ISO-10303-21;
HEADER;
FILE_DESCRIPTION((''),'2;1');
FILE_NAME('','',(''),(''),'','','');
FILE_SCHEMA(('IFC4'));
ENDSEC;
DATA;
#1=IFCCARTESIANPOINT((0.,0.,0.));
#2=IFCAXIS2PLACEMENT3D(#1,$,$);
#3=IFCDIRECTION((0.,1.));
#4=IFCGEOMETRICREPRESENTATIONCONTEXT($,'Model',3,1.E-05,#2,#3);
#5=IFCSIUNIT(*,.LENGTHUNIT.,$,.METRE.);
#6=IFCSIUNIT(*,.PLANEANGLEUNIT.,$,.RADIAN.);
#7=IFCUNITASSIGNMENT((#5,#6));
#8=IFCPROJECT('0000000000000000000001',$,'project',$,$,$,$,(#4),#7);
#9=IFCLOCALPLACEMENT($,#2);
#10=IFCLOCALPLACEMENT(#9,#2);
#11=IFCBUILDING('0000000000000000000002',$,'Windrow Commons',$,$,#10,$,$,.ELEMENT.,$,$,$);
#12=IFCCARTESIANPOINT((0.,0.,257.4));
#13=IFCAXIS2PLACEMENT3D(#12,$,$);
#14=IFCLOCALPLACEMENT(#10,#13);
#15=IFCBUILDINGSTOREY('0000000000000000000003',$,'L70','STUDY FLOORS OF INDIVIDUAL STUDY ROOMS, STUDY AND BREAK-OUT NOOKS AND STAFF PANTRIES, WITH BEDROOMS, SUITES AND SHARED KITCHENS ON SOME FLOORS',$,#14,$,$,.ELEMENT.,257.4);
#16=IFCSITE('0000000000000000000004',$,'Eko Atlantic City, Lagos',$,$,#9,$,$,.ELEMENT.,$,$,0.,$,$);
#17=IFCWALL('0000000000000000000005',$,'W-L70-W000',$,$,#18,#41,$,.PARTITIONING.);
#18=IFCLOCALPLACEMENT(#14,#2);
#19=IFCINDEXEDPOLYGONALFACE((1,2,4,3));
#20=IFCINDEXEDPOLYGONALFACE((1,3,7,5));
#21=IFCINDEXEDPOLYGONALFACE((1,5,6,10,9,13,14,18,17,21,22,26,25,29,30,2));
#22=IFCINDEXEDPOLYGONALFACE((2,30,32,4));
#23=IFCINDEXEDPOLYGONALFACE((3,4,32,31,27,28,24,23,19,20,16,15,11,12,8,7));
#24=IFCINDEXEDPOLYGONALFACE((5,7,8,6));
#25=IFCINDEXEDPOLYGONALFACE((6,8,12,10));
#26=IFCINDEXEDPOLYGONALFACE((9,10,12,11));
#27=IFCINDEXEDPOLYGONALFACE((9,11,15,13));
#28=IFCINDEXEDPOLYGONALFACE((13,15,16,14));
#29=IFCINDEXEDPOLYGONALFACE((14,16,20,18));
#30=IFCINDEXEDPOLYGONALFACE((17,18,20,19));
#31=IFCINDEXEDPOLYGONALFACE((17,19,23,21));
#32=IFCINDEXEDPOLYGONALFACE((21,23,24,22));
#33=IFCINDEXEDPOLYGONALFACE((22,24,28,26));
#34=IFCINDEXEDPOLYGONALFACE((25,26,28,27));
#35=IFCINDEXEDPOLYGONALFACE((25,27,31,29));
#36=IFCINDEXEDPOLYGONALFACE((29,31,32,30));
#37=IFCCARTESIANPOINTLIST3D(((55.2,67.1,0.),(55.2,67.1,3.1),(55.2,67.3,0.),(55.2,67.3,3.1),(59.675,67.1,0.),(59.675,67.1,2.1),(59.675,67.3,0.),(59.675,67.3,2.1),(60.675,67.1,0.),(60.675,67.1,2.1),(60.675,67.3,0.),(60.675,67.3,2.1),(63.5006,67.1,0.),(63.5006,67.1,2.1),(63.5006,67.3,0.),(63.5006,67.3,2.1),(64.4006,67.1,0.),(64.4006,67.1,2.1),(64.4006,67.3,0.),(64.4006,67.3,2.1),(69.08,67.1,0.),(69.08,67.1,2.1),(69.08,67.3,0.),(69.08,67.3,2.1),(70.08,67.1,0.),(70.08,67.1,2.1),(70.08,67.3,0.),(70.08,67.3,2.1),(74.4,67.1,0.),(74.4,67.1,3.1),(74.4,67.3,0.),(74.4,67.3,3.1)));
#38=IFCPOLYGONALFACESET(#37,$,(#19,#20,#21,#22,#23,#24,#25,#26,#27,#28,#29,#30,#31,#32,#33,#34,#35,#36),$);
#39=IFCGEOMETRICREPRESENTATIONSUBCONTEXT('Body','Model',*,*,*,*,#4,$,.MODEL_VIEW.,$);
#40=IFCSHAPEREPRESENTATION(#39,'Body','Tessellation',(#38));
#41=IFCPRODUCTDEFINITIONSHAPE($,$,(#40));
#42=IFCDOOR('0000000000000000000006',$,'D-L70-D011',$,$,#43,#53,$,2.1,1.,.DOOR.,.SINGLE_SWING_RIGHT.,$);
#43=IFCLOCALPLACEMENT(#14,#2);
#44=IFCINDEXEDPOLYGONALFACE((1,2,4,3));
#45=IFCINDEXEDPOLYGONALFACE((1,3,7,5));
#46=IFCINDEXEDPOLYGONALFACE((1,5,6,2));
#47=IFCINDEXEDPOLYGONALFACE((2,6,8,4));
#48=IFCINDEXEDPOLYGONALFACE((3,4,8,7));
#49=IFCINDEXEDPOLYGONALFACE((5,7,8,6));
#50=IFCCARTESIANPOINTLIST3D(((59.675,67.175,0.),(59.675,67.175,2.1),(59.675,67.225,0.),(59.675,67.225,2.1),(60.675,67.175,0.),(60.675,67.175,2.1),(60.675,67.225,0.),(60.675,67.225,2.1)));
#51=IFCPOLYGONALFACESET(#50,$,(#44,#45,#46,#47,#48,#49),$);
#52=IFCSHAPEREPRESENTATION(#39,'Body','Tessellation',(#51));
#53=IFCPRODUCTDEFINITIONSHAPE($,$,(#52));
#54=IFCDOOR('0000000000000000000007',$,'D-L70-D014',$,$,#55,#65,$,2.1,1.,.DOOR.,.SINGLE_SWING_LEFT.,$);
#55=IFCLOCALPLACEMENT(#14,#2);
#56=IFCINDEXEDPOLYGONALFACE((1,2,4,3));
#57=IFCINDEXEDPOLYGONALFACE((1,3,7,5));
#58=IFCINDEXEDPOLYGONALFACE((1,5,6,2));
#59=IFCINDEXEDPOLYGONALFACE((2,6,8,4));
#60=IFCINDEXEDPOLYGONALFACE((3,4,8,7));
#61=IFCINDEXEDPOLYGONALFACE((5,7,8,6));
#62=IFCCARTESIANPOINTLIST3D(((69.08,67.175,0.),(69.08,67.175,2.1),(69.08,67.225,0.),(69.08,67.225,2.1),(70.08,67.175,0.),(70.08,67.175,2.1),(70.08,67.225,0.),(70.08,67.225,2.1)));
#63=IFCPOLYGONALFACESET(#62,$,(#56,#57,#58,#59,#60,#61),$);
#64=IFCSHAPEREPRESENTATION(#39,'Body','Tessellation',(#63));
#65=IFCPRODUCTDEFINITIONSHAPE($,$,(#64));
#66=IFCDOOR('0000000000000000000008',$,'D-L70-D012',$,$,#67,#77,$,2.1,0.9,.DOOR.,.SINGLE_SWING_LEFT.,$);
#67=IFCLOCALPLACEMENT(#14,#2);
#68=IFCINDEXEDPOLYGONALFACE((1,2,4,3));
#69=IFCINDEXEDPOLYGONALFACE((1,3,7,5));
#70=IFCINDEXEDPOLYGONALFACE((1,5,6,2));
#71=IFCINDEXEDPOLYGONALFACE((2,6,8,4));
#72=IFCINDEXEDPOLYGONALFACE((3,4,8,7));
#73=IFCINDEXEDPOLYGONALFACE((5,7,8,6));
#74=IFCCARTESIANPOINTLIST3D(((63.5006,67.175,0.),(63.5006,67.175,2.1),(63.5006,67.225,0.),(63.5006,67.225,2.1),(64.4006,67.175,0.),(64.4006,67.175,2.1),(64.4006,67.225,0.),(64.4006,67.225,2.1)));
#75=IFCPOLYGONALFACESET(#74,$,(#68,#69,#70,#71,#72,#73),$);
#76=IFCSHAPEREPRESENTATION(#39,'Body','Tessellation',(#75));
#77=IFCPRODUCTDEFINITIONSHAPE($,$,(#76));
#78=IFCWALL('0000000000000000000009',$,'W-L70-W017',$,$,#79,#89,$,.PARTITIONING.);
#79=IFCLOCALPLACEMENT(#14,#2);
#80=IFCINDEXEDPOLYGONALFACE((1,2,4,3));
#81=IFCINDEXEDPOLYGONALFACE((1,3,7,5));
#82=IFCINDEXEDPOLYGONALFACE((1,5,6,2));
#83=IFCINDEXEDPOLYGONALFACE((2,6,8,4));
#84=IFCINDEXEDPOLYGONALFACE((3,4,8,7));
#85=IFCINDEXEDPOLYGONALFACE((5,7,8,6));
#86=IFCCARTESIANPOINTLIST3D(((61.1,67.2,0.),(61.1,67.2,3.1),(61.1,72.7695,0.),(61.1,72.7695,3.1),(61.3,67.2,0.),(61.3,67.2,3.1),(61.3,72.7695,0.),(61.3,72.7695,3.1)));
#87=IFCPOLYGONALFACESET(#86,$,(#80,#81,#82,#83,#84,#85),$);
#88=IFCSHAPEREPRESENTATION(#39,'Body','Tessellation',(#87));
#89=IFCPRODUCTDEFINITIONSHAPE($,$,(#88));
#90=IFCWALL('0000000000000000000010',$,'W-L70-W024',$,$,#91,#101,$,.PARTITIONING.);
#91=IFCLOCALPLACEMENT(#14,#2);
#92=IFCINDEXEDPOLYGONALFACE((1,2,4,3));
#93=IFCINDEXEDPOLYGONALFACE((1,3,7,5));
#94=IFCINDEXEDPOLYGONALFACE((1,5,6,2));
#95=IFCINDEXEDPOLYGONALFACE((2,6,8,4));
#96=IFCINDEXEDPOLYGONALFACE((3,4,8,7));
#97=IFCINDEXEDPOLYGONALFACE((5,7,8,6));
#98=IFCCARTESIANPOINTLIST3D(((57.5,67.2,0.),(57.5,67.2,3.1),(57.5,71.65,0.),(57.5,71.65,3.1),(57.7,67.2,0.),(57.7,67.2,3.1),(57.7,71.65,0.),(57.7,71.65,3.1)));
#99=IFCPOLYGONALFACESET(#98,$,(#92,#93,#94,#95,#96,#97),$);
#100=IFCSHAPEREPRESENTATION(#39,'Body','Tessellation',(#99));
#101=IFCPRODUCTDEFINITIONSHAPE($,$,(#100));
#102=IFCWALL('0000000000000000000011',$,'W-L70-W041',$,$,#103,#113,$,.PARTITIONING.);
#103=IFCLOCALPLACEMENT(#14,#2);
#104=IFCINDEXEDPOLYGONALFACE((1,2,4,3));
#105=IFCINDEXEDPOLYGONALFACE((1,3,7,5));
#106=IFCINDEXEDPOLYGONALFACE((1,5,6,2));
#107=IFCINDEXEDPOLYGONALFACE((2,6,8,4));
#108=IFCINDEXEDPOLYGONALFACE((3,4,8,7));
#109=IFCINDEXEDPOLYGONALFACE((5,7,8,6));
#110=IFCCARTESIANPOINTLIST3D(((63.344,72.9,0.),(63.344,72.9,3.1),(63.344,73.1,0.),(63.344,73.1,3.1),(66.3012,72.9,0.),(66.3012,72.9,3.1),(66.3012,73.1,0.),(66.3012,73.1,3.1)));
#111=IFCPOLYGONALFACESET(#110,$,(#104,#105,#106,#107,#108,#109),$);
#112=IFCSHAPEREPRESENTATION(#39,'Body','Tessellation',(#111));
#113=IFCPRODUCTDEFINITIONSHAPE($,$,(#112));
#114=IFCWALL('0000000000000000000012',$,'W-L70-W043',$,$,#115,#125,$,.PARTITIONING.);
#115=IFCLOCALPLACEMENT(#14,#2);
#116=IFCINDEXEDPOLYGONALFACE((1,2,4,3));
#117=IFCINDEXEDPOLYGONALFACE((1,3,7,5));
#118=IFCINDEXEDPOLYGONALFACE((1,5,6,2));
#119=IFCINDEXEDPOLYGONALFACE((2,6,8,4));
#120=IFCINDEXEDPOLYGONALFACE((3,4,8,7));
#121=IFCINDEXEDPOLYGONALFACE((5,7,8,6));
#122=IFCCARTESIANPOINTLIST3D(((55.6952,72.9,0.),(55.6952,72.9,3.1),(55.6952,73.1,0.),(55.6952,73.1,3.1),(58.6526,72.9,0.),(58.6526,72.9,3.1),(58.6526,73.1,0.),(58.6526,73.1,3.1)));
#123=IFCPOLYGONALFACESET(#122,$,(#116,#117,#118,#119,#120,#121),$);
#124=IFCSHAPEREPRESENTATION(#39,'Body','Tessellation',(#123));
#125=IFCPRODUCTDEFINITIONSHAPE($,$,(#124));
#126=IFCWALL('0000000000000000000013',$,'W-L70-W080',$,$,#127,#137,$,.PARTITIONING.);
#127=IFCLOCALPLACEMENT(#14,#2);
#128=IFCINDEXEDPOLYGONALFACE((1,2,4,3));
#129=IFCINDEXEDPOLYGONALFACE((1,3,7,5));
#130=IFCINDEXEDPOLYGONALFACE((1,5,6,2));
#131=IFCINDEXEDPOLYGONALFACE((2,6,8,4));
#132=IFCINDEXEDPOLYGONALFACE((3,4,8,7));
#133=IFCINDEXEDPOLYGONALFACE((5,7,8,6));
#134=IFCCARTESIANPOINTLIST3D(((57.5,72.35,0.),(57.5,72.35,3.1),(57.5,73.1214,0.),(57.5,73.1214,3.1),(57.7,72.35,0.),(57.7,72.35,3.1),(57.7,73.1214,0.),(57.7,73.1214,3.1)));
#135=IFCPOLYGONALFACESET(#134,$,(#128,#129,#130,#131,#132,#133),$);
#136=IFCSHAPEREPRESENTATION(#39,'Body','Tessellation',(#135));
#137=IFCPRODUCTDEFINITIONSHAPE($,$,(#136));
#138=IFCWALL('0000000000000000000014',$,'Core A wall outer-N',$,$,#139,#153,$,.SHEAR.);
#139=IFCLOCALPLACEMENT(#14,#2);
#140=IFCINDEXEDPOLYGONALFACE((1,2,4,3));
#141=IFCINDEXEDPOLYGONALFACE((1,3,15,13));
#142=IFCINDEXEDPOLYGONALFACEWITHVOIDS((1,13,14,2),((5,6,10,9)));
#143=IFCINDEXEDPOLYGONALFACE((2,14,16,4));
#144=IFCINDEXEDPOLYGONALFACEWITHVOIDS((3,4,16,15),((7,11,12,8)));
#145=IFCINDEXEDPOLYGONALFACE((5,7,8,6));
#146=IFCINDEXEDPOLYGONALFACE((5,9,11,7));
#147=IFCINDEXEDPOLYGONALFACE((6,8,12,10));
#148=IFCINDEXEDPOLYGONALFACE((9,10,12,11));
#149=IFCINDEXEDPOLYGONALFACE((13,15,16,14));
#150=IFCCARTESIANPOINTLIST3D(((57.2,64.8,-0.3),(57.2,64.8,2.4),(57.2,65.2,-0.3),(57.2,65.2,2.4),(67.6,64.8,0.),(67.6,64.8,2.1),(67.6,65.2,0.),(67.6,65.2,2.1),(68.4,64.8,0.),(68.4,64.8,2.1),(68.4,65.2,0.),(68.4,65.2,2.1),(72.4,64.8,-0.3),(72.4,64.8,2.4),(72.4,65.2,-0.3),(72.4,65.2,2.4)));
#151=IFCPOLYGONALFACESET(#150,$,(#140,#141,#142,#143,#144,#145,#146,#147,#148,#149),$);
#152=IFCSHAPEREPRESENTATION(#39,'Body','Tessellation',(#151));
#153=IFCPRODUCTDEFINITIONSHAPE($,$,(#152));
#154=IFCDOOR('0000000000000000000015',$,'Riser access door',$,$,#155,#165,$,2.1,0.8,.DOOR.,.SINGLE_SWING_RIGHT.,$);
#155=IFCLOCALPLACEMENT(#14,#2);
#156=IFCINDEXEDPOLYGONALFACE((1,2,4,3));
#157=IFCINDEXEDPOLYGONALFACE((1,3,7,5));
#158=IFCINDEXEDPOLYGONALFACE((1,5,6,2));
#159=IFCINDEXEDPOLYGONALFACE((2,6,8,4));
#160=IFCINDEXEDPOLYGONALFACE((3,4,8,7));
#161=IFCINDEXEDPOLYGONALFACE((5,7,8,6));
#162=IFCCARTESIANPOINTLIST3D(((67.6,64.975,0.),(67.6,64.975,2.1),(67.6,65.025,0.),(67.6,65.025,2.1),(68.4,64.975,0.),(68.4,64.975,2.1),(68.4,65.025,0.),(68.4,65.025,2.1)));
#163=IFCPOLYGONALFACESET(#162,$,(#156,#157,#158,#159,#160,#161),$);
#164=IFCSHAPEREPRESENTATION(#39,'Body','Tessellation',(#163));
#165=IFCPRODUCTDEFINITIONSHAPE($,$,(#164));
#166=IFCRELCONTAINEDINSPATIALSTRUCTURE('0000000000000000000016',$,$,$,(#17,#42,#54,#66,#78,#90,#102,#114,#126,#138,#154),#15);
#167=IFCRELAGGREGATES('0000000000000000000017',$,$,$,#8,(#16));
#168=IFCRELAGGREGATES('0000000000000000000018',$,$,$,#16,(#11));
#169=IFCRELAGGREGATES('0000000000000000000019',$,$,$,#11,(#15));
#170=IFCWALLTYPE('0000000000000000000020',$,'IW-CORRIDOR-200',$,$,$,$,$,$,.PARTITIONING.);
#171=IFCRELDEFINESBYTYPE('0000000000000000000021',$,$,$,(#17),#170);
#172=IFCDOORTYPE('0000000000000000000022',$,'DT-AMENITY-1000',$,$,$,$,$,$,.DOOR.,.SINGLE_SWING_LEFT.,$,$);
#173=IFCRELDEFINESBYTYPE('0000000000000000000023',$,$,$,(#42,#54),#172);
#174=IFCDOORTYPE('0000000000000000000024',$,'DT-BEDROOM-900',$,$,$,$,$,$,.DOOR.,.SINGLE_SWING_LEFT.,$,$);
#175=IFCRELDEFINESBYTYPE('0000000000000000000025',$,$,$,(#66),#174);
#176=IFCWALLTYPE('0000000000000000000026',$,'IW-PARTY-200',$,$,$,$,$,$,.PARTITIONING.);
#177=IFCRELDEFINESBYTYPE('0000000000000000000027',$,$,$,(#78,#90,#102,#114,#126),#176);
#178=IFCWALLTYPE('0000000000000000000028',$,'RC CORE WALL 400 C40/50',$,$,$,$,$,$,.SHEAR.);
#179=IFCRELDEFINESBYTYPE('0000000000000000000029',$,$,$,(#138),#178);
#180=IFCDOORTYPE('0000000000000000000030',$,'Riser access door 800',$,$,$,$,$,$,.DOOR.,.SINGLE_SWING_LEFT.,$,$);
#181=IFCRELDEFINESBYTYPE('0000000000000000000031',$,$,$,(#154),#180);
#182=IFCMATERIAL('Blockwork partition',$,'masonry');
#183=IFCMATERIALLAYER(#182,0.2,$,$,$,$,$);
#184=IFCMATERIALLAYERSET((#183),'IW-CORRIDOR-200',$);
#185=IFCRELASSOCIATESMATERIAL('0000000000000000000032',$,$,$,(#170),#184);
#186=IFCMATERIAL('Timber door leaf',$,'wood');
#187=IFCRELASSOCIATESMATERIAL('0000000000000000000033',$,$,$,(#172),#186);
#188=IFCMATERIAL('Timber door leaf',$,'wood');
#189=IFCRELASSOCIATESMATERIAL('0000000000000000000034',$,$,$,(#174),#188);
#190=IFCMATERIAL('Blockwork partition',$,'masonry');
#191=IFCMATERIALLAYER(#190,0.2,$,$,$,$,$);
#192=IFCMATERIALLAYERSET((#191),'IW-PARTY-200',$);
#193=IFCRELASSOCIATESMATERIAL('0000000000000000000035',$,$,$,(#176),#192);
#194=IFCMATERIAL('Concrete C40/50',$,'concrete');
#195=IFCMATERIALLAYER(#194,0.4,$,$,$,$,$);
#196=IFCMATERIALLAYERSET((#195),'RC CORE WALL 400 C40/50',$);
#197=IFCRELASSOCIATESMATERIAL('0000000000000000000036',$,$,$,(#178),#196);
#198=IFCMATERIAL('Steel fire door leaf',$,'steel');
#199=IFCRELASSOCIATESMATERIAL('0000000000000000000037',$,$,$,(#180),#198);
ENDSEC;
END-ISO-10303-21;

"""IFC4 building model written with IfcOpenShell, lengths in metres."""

from ifc_helpers import new_model, si_unit, direction, frame, frame_2d, origin, place, context, subcontext, project, spatial, rectangle, extrude, material, layer, layer_set, type_object, element, fill, save


model = new_model("IFC4")

# Units and contexts
model_context = context("Model", 3, precision=1e-05, world=origin(), true_north=direction((0.0, 1.0)))
body_context = subcontext(model_context, "Body", "Model", "MODEL_VIEW")
ifc_project = project(units=[si_unit("LENGTHUNIT", "METRE"), si_unit("PLANEANGLEUNIT", "RADIAN")], contexts=[model_context])

# Site, building, storey
site_placement = place(None, origin())
site = spatial("IfcSite", under=ifc_project, at=site_placement, Name="Eko Atlantic City, Lagos", CompositionType="ELEMENT", RefElevation=0.0)
building_placement = place(site_placement, origin())
building = spatial("IfcBuilding", under=site, at=building_placement, Name="Windrow Commons", CompositionType="ELEMENT")
storey_placement = place(building_placement, frame((0.0, 0.0, 257.4)))
storey = spatial("IfcBuildingStorey", under=building, at=storey_placement, Name="L70", Description="STUDY FLOORS OF INDIVIDUAL STUDY ROOMS, STUDY AND BREAK-OUT NOOKS AND STAFF PANTRIES, WITH BEDROOMS, SUITES AND SHARED KITCHENS ON SOME FLOORS", CompositionType="ELEMENT", Elevation=257.4)

# Wall, openings, doors
ifc_material_1 = material(Name="Blockwork partition", Category="masonry")
ifc_layer_1 = layer(ifc_material_1, 0.2)
ifc_layer_set_1 = layer_set([ifc_layer_1], Name="IW-CORRIDOR-200")
wall_type_1 = type_object("IfcWallType", Name="IW-CORRIDOR-200", PredefinedType="PARTITIONING", material=ifc_layer_set_1)
wall_1_placement = place(storey_placement, frame((55.2, 67.2, 0.0), z_axis=(0.0, 0.0, 1.0), x_axis=(1.0, 0.0, 0.0)))
wall_1 = element("IfcWall", 1, at=wall_1_placement, inside=storey, type_object=wall_type_1, Name="W-L70-W000", PredefinedType="PARTITIONING", context=body_context, shape_type="SweptSolid", body=[
    extrude(rectangle(XDim=19.2, YDim=0.2, at=frame_2d((9.6, 0.0))), origin(), (0.0, 0.0, 1.0), 3.1),
])
opening_1_placement = place(wall_1_placement, frame((4.475, 0.0, 0.0)))
opening_1 = element("IfcOpeningElement", 2, at=opening_1_placement, cuts=wall_1, PredefinedType="OPENING", context=body_context, shape_type="SweptSolid", body=[
    extrude(rectangle(XDim=1.0, YDim=2.1, at=frame_2d((0.5, 1.05))), frame((0.0, 0.11, 0.0), z_axis=(0.0, -1.0, 0.0), x_axis=(1.0, 0.0, 0.0)), (0.0, 0.0, 1.0), 0.22),
])
opening_2_placement = place(wall_1_placement, frame((8.3006, 0.0, 0.0)))
opening_2 = element("IfcOpeningElement", 3, at=opening_2_placement, cuts=wall_1, PredefinedType="OPENING", context=body_context, shape_type="SweptSolid", body=[
    extrude(rectangle(XDim=0.9, YDim=2.1, at=frame_2d((0.45, 1.05))), frame((0.0, 0.11, 0.0), z_axis=(0.0, -1.0, 0.0), x_axis=(1.0, 0.0, 0.0)), (0.0, 0.0, 1.0), 0.22),
])
opening_3_placement = place(wall_1_placement, frame((13.88, 0.0, 0.0)))
opening_3 = element("IfcOpeningElement", 4, at=opening_3_placement, cuts=wall_1, PredefinedType="OPENING", context=body_context, shape_type="SweptSolid", body=[
    extrude(rectangle(XDim=1.0, YDim=2.1, at=frame_2d((0.5, 1.05))), frame((0.0, 0.11, 0.0), z_axis=(0.0, -1.0, 0.0), x_axis=(1.0, 0.0, 0.0)), (0.0, 0.0, 1.0), 0.22),
])
ifc_material_2 = material(Name="Timber door leaf", Category="wood")
door_type_1 = type_object("IfcDoorType", Name="DT-AMENITY-1000", OperationType="SINGLE_SWING_LEFT", PredefinedType="DOOR", material=ifc_material_2)
door_1_placement = place(opening_1_placement, origin())
door_1 = element("IfcDoor", 5, at=door_1_placement, inside=storey, type_object=door_type_1, Name="D-L70-D011", OperationType="SINGLE_SWING_RIGHT", OverallHeight=2.1, OverallWidth=1.0, PredefinedType="DOOR", context=body_context, shape_type="SweptSolid", body=[
    extrude(rectangle(XDim=1.0, YDim=2.1, at=frame_2d((0.5, 1.05))), frame((0.0, 0.025, 0.0), z_axis=(0.0, -1.0, 0.0), x_axis=(1.0, 0.0, 0.0)), (0.0, 0.0, 1.0), 0.05),
])
fill(opening_1, door_1)
door_2_placement = place(opening_3_placement, origin())
door_2 = element("IfcDoor", 6, at=door_2_placement, inside=storey, type_object=door_type_1, Name="D-L70-D014", OperationType="SINGLE_SWING_LEFT", OverallHeight=2.1, OverallWidth=1.0, PredefinedType="DOOR", context=body_context, shape_type="SweptSolid", body=[
    extrude(rectangle(XDim=1.0, YDim=2.1, at=frame_2d((0.5, 1.05))), frame((0.0, 0.025, 0.0), z_axis=(0.0, -1.0, 0.0), x_axis=(1.0, 0.0, 0.0)), (0.0, 0.0, 1.0), 0.05),
])
fill(opening_3, door_2)
ifc_material_3 = material(Name="Timber door leaf", Category="wood")
door_type_2 = type_object("IfcDoorType", Name="DT-BEDROOM-900", OperationType="SINGLE_SWING_LEFT", PredefinedType="DOOR", material=ifc_material_3)
door_3_placement = place(opening_2_placement, origin())
door_3 = element("IfcDoor", 7, at=door_3_placement, inside=storey, type_object=door_type_2, Name="D-L70-D012", OperationType="SINGLE_SWING_LEFT", OverallHeight=2.1, OverallWidth=0.9, PredefinedType="DOOR", context=body_context, shape_type="SweptSolid", body=[
    extrude(rectangle(XDim=0.9, YDim=2.1, at=frame_2d((0.45, 1.05))), frame((0.0, 0.025, 0.0), z_axis=(0.0, -1.0, 0.0), x_axis=(1.0, 0.0, 0.0)), (0.0, 0.0, 1.0), 0.05),
])
fill(opening_2, door_3)

# Walls
ifc_material_4 = material(Name="Blockwork partition", Category="masonry")
ifc_layer_2 = layer(ifc_material_4, 0.2)
ifc_layer_set_2 = layer_set([ifc_layer_2], Name="IW-PARTY-200")
wall_type_2 = type_object("IfcWallType", Name="IW-PARTY-200", PredefinedType="PARTITIONING", material=ifc_layer_set_2)
wall_2_placement = place(storey_placement, frame((61.2, 67.2, 0.0), z_axis=(0.0, 0.0, 1.0), x_axis=(0.0, 1.0, 0.0)))
element("IfcWall", 8, at=wall_2_placement, inside=storey, type_object=wall_type_2, Name="W-L70-W017", PredefinedType="PARTITIONING", context=body_context, shape_type="SweptSolid", body=[
    extrude(rectangle(XDim=5.5695, YDim=0.2, at=frame_2d((2.7847, 0.0))), origin(), (0.0, 0.0, 1.0), 3.1),
])
wall_3_placement = place(storey_placement, frame((57.6, 67.2, 0.0), z_axis=(0.0, 0.0, 1.0), x_axis=(0.0, 1.0, 0.0)))
element("IfcWall", 9, at=wall_3_placement, inside=storey, type_object=wall_type_2, Name="W-L70-W024", PredefinedType="PARTITIONING", context=body_context, shape_type="SweptSolid", body=[
    extrude(rectangle(XDim=4.45, YDim=0.2, at=frame_2d((2.225, 0.0))), origin(), (0.0, 0.0, 1.0), 3.1),
])
for number, where, z_axis, x_axis, name in (
    (10, (63.3439, 73.0, 0.0), (0.0, 0.0, 1.0), (1.0, 0.0, 0.0), "W-L70-W041"),
    (11, (55.6952, 73.0, 0.0), (0.0, 0.0, 1.0), (1.0, 0.0, 0.0), "W-L70-W043"),
):
    element("IfcWall", number, at=place(storey_placement, frame(where, z_axis=z_axis, x_axis=x_axis)), inside=storey, type_object=wall_type_2, Name=name, PredefinedType="PARTITIONING", context=body_context, shape_type="SweptSolid", body=[
        extrude(rectangle(XDim=2.9573, YDim=0.2, at=frame_2d((1.4787, 0.0))), origin(), (0.0, 0.0, 1.0), 3.1),
    ])
wall_4_placement = place(storey_placement, frame((57.6, 72.35, 0.0), z_axis=(0.0, 0.0, 1.0), x_axis=(0.0, 1.0, 0.0)))
element("IfcWall", 12, at=wall_4_placement, inside=storey, type_object=wall_type_2, Name="W-L70-W080", PredefinedType="PARTITIONING", context=body_context, shape_type="SweptSolid", body=[
    extrude(rectangle(XDim=0.7714, YDim=0.2, at=frame_2d((0.3857, 0.0))), origin(), (0.0, 0.0, 1.0), 3.1),
])

# Wall, opening, door
ifc_material_5 = material(Name="Concrete C40/50", Category="concrete")
ifc_layer_3 = layer(ifc_material_5, 0.4)
ifc_layer_set_3 = layer_set([ifc_layer_3], Name="RC CORE WALL 400 C40/50")
wall_type_3 = type_object("IfcWallType", Name="RC CORE WALL 400 C40/50", PredefinedType="SHEAR", material=ifc_layer_set_3)
wall_5_placement = place(storey_placement, frame((57.2, 65.0, -0.3), z_axis=(0.0, 0.0, 1.0), x_axis=(1.0, 0.0, 0.0)))
wall_5 = element("IfcWall", 13, at=wall_5_placement, inside=storey, type_object=wall_type_3, Name="Core A wall outer-N", PredefinedType="SHEAR", context=body_context, shape_type="SweptSolid", body=[
    extrude(rectangle(XDim=15.2, YDim=0.4, at=frame_2d((7.6, 0.0))), origin(), (0.0, 0.0, 1.0), 2.7),
])
opening_4_placement = place(wall_5_placement, frame((10.4, 0.0, 0.3)))
opening_4 = element("IfcOpeningElement", 14, at=opening_4_placement, cuts=wall_5, PredefinedType="OPENING", context=body_context, shape_type="SweptSolid", body=[
    extrude(rectangle(XDim=0.8, YDim=2.1, at=frame_2d((0.4, 1.05))), frame((0.0, 0.21, 0.0), z_axis=(0.0, -1.0, 0.0), x_axis=(1.0, 0.0, 0.0)), (0.0, 0.0, 1.0), 0.42),
])
ifc_material_6 = material(Name="Steel fire door leaf", Category="steel")
door_type_3 = type_object("IfcDoorType", Name="Riser access door 800", OperationType="SINGLE_SWING_LEFT", PredefinedType="DOOR", material=ifc_material_6)
door_4_placement = place(opening_4_placement, origin())
door_4 = element("IfcDoor", 15, at=door_4_placement, inside=storey, type_object=door_type_3, Name="Riser access door", OperationType="SINGLE_SWING_RIGHT", OverallHeight=2.1, OverallWidth=0.8, PredefinedType="DOOR", context=body_context, shape_type="SweptSolid", body=[
    extrude(rectangle(XDim=0.8, YDim=2.1, at=frame_2d((0.4, 1.05))), frame((0.0, 0.025, 0.0), z_axis=(0.0, -1.0, 0.0), x_axis=(1.0, 0.0, 0.0)), (0.0, 0.0, 1.0), 0.05),
])
fill(opening_4, door_4)

save(model, "model.ifc")
